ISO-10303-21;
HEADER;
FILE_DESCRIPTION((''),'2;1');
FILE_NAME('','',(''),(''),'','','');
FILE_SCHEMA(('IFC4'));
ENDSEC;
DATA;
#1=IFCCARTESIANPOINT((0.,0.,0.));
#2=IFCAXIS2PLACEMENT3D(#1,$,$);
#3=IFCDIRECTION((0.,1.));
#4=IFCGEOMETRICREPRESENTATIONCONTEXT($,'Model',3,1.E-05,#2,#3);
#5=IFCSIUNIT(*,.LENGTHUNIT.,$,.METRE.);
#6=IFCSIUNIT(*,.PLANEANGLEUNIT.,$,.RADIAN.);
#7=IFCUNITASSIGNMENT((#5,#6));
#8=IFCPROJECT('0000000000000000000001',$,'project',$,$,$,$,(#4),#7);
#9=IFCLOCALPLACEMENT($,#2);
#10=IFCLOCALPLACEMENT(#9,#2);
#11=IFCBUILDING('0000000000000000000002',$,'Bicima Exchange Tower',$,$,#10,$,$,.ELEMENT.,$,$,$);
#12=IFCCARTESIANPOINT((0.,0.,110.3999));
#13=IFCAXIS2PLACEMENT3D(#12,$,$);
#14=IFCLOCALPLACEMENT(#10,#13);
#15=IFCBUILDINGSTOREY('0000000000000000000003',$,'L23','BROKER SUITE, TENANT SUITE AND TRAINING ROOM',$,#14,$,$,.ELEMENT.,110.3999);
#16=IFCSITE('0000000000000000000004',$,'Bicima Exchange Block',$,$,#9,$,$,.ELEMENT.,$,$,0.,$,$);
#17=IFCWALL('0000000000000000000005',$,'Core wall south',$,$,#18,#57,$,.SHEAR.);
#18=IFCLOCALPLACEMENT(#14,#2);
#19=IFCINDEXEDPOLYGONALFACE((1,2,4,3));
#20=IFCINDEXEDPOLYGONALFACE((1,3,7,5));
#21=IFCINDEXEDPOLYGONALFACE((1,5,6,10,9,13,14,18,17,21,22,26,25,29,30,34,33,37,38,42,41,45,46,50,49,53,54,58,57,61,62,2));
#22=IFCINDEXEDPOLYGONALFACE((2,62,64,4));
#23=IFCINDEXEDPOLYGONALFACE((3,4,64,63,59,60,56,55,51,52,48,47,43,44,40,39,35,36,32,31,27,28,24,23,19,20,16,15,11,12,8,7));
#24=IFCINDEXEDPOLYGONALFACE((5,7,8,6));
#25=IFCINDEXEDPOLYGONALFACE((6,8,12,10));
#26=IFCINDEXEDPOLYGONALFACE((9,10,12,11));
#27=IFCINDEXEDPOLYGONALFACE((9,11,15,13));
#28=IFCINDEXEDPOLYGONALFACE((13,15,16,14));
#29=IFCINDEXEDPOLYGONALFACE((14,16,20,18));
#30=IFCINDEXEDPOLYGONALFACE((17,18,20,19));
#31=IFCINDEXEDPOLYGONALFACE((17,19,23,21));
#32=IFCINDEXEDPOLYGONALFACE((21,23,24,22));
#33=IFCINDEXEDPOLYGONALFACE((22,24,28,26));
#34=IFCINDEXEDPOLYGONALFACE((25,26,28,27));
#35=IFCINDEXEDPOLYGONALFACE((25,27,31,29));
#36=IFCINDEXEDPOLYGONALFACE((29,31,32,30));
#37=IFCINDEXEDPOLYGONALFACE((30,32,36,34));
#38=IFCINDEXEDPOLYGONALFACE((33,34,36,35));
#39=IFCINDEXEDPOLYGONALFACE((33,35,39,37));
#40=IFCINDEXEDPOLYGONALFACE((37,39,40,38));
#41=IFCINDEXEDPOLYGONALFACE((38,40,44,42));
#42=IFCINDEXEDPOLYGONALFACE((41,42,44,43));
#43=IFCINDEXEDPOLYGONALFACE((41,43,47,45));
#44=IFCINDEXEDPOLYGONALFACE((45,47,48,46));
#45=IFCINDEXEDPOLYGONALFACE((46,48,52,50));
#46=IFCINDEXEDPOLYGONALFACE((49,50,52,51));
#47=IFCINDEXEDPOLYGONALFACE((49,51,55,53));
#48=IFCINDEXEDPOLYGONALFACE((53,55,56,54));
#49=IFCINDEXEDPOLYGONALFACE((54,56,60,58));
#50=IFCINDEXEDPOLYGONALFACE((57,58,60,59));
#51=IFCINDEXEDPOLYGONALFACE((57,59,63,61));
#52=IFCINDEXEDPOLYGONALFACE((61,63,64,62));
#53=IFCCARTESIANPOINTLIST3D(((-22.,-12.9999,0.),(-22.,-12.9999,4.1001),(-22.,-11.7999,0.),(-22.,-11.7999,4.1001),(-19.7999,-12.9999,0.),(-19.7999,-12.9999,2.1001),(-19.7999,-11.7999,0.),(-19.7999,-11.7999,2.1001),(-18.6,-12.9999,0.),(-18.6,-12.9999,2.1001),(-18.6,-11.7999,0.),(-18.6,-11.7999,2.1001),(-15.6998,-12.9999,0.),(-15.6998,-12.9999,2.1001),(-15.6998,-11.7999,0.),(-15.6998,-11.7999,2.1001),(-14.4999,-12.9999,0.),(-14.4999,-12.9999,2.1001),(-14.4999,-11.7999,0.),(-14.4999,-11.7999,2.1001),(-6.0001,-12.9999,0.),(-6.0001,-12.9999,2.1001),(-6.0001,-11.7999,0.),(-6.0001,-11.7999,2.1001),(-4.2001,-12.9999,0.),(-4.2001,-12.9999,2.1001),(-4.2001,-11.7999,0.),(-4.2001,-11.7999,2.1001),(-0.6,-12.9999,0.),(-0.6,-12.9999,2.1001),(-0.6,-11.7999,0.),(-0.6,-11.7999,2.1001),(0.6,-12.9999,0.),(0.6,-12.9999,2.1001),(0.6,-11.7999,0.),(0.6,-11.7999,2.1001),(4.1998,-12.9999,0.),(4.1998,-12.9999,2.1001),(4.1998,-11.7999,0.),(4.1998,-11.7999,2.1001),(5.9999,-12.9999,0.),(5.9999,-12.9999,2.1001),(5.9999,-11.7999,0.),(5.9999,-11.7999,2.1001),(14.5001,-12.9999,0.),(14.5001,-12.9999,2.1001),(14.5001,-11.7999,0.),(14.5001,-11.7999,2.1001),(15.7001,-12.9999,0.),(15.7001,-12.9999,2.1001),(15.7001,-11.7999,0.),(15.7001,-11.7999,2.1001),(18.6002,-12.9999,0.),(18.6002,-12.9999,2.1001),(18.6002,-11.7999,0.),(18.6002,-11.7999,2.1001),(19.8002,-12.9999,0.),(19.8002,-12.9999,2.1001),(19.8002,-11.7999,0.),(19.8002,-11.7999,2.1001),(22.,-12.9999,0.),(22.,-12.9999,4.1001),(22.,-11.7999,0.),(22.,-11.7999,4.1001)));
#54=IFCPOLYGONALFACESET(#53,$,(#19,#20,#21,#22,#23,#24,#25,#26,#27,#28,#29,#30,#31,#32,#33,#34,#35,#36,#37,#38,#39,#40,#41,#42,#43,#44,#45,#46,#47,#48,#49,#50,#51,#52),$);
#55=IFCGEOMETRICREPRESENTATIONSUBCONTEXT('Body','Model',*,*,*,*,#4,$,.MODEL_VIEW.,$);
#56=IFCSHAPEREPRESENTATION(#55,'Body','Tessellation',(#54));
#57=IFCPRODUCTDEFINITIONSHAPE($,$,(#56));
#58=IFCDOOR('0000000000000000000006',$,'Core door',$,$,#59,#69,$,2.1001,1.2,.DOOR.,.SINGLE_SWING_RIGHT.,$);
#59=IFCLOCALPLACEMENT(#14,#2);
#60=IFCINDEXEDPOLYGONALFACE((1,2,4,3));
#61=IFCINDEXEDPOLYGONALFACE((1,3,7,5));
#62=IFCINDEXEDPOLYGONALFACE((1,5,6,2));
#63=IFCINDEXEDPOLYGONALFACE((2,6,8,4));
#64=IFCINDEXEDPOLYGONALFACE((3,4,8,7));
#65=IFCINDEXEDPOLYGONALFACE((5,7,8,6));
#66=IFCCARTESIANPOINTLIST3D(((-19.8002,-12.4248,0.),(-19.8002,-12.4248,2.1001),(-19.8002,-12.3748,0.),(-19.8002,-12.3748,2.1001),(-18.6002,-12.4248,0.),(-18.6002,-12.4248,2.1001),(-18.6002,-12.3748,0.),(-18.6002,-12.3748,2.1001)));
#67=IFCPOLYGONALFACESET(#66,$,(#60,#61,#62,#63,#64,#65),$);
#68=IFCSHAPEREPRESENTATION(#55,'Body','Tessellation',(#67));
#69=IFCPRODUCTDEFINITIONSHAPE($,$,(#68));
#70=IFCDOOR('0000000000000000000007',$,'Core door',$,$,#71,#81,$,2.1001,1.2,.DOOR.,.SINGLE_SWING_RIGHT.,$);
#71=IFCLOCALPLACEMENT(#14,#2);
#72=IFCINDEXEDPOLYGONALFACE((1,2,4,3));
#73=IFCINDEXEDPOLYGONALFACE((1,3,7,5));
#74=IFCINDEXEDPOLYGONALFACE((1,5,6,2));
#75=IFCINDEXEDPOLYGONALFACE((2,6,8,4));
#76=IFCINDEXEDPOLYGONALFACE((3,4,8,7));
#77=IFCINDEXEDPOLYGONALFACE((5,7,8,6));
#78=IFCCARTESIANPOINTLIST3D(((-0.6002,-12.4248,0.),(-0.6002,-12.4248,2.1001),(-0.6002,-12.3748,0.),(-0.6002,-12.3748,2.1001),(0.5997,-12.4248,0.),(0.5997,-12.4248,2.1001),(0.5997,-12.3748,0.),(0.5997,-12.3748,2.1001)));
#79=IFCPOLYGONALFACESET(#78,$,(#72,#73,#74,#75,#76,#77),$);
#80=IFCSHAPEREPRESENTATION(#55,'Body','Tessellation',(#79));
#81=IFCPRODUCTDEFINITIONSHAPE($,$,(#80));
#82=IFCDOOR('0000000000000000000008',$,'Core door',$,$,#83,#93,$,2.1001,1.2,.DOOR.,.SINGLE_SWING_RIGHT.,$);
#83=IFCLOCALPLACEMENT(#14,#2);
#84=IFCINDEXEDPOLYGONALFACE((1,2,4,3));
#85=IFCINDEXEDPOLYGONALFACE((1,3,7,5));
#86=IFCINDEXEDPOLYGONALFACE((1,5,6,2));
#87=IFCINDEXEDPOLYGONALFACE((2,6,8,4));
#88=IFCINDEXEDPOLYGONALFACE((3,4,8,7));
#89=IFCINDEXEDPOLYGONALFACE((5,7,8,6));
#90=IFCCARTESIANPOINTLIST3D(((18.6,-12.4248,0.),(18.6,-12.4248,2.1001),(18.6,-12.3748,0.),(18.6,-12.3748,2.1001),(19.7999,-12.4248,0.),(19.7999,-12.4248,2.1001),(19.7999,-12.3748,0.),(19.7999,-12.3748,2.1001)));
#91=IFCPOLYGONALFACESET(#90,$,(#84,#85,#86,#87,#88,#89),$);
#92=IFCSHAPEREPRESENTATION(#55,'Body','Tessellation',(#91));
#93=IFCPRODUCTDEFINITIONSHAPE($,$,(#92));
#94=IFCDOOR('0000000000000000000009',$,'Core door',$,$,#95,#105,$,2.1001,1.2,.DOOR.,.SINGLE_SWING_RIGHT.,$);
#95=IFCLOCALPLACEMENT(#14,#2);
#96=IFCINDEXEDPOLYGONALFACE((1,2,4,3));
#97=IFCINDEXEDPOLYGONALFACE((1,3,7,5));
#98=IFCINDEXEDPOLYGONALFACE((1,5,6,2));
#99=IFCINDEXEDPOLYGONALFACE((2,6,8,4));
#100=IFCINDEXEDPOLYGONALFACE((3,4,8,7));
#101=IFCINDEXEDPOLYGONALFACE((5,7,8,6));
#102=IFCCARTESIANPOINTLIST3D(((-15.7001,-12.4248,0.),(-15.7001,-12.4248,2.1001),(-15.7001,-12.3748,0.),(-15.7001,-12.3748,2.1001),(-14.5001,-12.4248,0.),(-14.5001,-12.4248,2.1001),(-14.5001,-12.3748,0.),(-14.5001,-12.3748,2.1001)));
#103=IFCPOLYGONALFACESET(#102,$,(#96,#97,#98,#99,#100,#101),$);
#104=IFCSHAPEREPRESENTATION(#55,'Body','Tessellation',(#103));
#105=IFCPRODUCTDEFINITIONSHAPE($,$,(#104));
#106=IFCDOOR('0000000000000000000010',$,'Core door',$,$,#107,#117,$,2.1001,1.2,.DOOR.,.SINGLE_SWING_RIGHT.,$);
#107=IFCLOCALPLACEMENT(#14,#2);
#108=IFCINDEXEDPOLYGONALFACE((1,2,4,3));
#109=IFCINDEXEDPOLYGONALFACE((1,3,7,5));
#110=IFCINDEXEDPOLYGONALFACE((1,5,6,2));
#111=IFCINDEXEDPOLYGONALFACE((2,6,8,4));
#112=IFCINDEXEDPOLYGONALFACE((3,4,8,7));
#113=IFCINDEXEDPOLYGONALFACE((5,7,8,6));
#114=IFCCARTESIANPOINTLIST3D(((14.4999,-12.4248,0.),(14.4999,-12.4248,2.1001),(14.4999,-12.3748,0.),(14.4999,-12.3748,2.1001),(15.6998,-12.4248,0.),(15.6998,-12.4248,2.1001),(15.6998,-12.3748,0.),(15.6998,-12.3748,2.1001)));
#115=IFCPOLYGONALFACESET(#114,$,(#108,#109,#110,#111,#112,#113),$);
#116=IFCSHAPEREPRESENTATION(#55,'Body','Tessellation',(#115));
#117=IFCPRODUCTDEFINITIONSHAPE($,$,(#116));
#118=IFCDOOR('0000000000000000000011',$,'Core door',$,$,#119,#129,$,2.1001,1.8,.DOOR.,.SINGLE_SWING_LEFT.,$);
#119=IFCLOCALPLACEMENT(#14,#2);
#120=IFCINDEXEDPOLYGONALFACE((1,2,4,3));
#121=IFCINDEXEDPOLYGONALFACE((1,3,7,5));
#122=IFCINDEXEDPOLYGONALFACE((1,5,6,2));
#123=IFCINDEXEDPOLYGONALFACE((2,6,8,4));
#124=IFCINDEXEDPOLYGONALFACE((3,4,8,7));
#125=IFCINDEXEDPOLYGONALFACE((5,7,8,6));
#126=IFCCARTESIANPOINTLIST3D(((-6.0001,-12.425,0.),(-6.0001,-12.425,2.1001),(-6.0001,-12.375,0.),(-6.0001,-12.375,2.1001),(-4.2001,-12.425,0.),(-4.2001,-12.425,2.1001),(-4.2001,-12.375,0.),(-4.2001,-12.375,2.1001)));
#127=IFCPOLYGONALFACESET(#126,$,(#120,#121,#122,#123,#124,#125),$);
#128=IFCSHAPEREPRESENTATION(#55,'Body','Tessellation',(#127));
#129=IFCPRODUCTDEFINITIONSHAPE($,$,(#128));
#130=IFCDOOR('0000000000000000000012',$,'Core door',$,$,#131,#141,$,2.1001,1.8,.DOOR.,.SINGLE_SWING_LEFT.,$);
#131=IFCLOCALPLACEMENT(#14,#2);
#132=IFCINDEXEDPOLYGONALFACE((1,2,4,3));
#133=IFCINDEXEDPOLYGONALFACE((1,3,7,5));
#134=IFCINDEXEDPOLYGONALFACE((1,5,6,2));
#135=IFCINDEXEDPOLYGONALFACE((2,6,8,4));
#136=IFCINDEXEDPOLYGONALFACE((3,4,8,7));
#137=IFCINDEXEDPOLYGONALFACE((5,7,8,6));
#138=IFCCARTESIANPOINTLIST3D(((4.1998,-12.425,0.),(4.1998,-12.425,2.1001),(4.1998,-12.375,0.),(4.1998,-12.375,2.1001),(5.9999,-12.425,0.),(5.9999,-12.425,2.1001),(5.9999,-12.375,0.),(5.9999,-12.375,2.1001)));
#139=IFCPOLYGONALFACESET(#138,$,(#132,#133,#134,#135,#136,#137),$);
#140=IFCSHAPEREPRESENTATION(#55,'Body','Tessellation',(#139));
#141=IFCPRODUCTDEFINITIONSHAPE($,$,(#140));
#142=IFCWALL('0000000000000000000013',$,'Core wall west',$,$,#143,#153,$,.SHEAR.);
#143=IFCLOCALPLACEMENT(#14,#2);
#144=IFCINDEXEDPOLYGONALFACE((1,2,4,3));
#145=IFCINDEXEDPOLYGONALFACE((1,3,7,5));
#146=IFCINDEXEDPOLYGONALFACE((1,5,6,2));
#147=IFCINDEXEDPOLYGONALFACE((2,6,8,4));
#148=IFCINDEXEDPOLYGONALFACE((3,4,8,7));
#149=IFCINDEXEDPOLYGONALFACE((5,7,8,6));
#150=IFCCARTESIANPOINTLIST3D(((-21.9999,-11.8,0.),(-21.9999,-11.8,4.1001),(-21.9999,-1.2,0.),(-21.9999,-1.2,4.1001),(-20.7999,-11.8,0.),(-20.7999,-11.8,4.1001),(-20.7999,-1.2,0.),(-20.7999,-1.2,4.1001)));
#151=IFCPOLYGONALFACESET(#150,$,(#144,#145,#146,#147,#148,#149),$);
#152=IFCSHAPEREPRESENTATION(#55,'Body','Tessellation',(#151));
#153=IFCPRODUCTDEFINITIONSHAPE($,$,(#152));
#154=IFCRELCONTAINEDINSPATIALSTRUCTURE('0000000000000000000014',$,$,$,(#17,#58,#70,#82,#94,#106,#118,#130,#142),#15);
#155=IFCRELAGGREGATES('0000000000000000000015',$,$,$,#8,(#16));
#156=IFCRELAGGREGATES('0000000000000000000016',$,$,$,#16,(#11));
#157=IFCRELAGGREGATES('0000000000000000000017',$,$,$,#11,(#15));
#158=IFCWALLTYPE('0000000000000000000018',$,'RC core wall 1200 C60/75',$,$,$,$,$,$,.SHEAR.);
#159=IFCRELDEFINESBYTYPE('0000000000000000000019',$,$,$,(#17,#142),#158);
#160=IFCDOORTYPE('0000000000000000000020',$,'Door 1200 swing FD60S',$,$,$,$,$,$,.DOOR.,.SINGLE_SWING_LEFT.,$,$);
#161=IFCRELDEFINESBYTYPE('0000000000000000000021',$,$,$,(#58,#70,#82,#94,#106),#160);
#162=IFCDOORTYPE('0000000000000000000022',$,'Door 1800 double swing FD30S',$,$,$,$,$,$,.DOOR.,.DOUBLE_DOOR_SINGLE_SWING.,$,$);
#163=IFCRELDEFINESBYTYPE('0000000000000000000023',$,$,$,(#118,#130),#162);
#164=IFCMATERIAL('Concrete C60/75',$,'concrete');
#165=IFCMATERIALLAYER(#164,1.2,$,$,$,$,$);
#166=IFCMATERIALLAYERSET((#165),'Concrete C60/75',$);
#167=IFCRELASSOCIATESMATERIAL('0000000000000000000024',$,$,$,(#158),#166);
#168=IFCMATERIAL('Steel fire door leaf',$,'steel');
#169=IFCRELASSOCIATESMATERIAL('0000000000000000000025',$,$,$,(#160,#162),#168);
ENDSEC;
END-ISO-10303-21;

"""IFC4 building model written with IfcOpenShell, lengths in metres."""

from ifc_helpers import new_model, si_unit, direction, frame, frame_2d, origin, place, context, subcontext, project, spatial, rectangle, extrude, material, layer, layer_set, type_object, element, fill, save


model = new_model("IFC4")

# Units and contexts
model_context = context("Model", 3, precision=1e-05, world=origin(), true_north=direction((0.0, 1.0)))
body_context = subcontext(model_context, "Body", "Model", "MODEL_VIEW")
ifc_project = project(units=[si_unit("LENGTHUNIT", "METRE"), si_unit("PLANEANGLEUNIT", "RADIAN")], contexts=[model_context])

# Site, building, storey
site_placement = place(None, origin())
site = spatial("IfcSite", under=ifc_project, at=site_placement, Name="Bicima Exchange Block", CompositionType="ELEMENT", RefElevation=0.0)
building_placement = place(site_placement, origin())
building = spatial("IfcBuilding", under=site, at=building_placement, Name="Bicima Exchange Tower", CompositionType="ELEMENT")
storey_placement = place(building_placement, frame((0.0, 0.0, 110.3999)))
storey = spatial("IfcBuildingStorey", under=building, at=storey_placement, Name="L23", Description="BROKER SUITE, TENANT SUITE AND TRAINING ROOM", CompositionType="ELEMENT", Elevation=110.3999)

# Wall, openings, doors
ifc_material_1 = material(Name="Concrete C60/75", Category="concrete")
ifc_layer_1 = layer(ifc_material_1, 1.2)
ifc_layer_set_1 = layer_set([ifc_layer_1], Name="Concrete C60/75")
wall_type_1 = type_object("IfcWallType", Name="RC core wall 1200 C60/75", PredefinedType="SHEAR", material=ifc_layer_set_1)
wall_1_placement = place(storey_placement, frame((-22.0, -12.3999, 0.0), z_axis=(0.0, 0.0, 1.0), x_axis=(1.0, 0.0, 0.0)))
wall_1 = element("IfcWall", 1, at=wall_1_placement, inside=storey, type_object=wall_type_1, Name="Core wall south", PredefinedType="SHEAR", context=body_context, shape_type="SweptSolid", body=[
    extrude(rectangle(XDim=44.0, YDim=1.2, at=frame_2d((22.0, 0.0))), origin(), (0.0, 0.0, 1.0), 4.1001),
])
opening_1_placement = place(wall_1_placement, frame((2.2, 0.0, 0.0)))
opening_1 = element("IfcOpeningElement", 2, at=opening_1_placement, cuts=wall_1, PredefinedType="OPENING", context=body_context, shape_type="SweptSolid", body=[
    extrude(rectangle(XDim=1.2, YDim=2.1001, at=frame_2d((0.6001, 1.05))), frame((0.0, 0.6118, 0.0), z_axis=(0.0, -1.0, 0.0), x_axis=(1.0, 0.0, 0.0)), (0.0, 0.0, 1.0), 1.2239),
])
opening_2_placement = place(wall_1_placement, frame((21.3999, 0.0, 0.0)))
opening_2 = element("IfcOpeningElement", 3, at=opening_2_placement, cuts=wall_1, PredefinedType="OPENING", context=body_context, shape_type="SweptSolid", body=[
    extrude(rectangle(XDim=1.2, YDim=2.1001, at=frame_2d((0.6001, 1.05))), frame((0.0, 0.6118, 0.0), z_axis=(0.0, -1.0, 0.0), x_axis=(1.0, 0.0, 0.0)), (0.0, 0.0, 1.0), 1.2239),
])
opening_3_placement = place(wall_1_placement, frame((40.6001, 0.0, 0.0)))
opening_3 = element("IfcOpeningElement", 4, at=opening_3_placement, cuts=wall_1, PredefinedType="OPENING", context=body_context, shape_type="SweptSolid", body=[
    extrude(rectangle(XDim=1.2, YDim=2.1001, at=frame_2d((0.6001, 1.05))), frame((0.0, 0.6118, 0.0), z_axis=(0.0, -1.0, 0.0), x_axis=(1.0, 0.0, 0.0)), (0.0, 0.0, 1.0), 1.2239),
])
opening_4_placement = place(wall_1_placement, frame((16.0, 0.0, 0.0)))
opening_4 = element("IfcOpeningElement", 5, at=opening_4_placement, cuts=wall_1, PredefinedType="OPENING", context=body_context, shape_type="SweptSolid", body=[
    extrude(rectangle(XDim=1.8, YDim=2.1001, at=frame_2d((0.8999, 1.05))), frame((0.0, 0.6118, 0.0), z_axis=(0.0, -1.0, 0.0), x_axis=(1.0, 0.0, 0.0)), (0.0, 0.0, 1.0), 1.2239),
])
opening_5_placement = place(wall_1_placement, frame((6.3, 0.0, 0.0)))
opening_5 = element("IfcOpeningElement", 6, at=opening_5_placement, cuts=wall_1, PredefinedType="OPENING", context=body_context, shape_type="SweptSolid", body=[
    extrude(rectangle(XDim=1.2, YDim=2.1001, at=frame_2d((0.6001, 1.05))), frame((0.0, 0.6118, 0.0), z_axis=(0.0, -1.0, 0.0), x_axis=(1.0, 0.0, 0.0)), (0.0, 0.0, 1.0), 1.2239),
])
opening_6_placement = place(wall_1_placement, frame((26.2, 0.0, 0.0)))
opening_6 = element("IfcOpeningElement", 7, at=opening_6_placement, cuts=wall_1, PredefinedType="OPENING", context=body_context, shape_type="SweptSolid", body=[
    extrude(rectangle(XDim=1.8, YDim=2.1001, at=frame_2d((0.8999, 1.05))), frame((0.0, 0.6118, 0.0), z_axis=(0.0, -1.0, 0.0), x_axis=(1.0, 0.0, 0.0)), (0.0, 0.0, 1.0), 1.2239),
])
opening_7_placement = place(wall_1_placement, frame((36.5, 0.0, 0.0)))
opening_7 = element("IfcOpeningElement", 8, at=opening_7_placement, cuts=wall_1, PredefinedType="OPENING", context=body_context, shape_type="SweptSolid", body=[
    extrude(rectangle(XDim=1.2, YDim=2.1001, at=frame_2d((0.6001, 1.05))), frame((0.0, 0.6118, 0.0), z_axis=(0.0, -1.0, 0.0), x_axis=(1.0, 0.0, 0.0)), (0.0, 0.0, 1.0), 1.2239),
])
ifc_material_2 = material(Name="Steel fire door leaf", Category="steel")
door_type_1 = type_object("IfcDoorType", Name="Door 1200 swing FD60S", OperationType="SINGLE_SWING_LEFT", PredefinedType="DOOR", material=ifc_material_2)
door_1_placement = place(opening_1_placement, frame((1.2, 0.0, 0.0), z_axis=(0.0, 0.0, 1.0), x_axis=(-1.0, 0.0, 0.0)))
door_1 = element("IfcDoor", 9, at=door_1_placement, inside=storey, type_object=door_type_1, Name="Core door", OperationType="SINGLE_SWING_RIGHT", OverallHeight=2.1001, OverallWidth=1.2, PredefinedType="DOOR", context=body_context, shape_type="SweptSolid", body=[
    extrude(rectangle(XDim=1.2, YDim=2.1001, at=frame_2d((0.6001, 1.05))), frame((0.0, 0.0249, 0.0), z_axis=(0.0, -1.0, 0.0), x_axis=(1.0, 0.0, 0.0)), (0.0, 0.0, 1.0), 0.05),
])
fill(opening_1, door_1)
door_2_placement = place(opening_2_placement, frame((1.2, 0.0, 0.0), z_axis=(0.0, 0.0, 1.0), x_axis=(-1.0, 0.0, 0.0)))
door_2 = element("IfcDoor", 10, at=door_2_placement, inside=storey, type_object=door_type_1, Name="Core door", OperationType="SINGLE_SWING_RIGHT", OverallHeight=2.1001, OverallWidth=1.2, PredefinedType="DOOR", context=body_context, shape_type="SweptSolid", body=[
    extrude(rectangle(XDim=1.2, YDim=2.1001, at=frame_2d((0.6001, 1.05))), frame((0.0, 0.0249, 0.0), z_axis=(0.0, -1.0, 0.0), x_axis=(1.0, 0.0, 0.0)), (0.0, 0.0, 1.0), 0.05),
])
fill(opening_2, door_2)
door_3_placement = place(opening_3_placement, frame((1.2, 0.0, 0.0), z_axis=(0.0, 0.0, 1.0), x_axis=(-1.0, 0.0, 0.0)))
door_3 = element("IfcDoor", 11, at=door_3_placement, inside=storey, type_object=door_type_1, Name="Core door", OperationType="SINGLE_SWING_RIGHT", OverallHeight=2.1001, OverallWidth=1.2, PredefinedType="DOOR", context=body_context, shape_type="SweptSolid", body=[
    extrude(rectangle(XDim=1.2, YDim=2.1001, at=frame_2d((0.6001, 1.05))), frame((0.0, 0.0249, 0.0), z_axis=(0.0, -1.0, 0.0), x_axis=(1.0, 0.0, 0.0)), (0.0, 0.0, 1.0), 0.05),
])
fill(opening_3, door_3)
door_4_placement = place(opening_5_placement, frame((1.2, 0.0, 0.0), z_axis=(0.0, 0.0, 1.0), x_axis=(-1.0, 0.0, 0.0)))
door_4 = element("IfcDoor", 12, at=door_4_placement, inside=storey, type_object=door_type_1, Name="Core door", OperationType="SINGLE_SWING_RIGHT", OverallHeight=2.1001, OverallWidth=1.2, PredefinedType="DOOR", context=body_context, shape_type="SweptSolid", body=[
    extrude(rectangle(XDim=1.2, YDim=2.1001, at=frame_2d((0.6001, 1.05))), frame((0.0, 0.0249, 0.0), z_axis=(0.0, -1.0, 0.0), x_axis=(1.0, 0.0, 0.0)), (0.0, 0.0, 1.0), 0.05),
])
fill(opening_5, door_4)
door_5_placement = place(opening_7_placement, frame((1.2, 0.0, 0.0), z_axis=(0.0, 0.0, 1.0), x_axis=(-1.0, 0.0, 0.0)))
door_5 = element("IfcDoor", 13, at=door_5_placement, inside=storey, type_object=door_type_1, Name="Core door", OperationType="SINGLE_SWING_RIGHT", OverallHeight=2.1001, OverallWidth=1.2, PredefinedType="DOOR", context=body_context, shape_type="SweptSolid", body=[
    extrude(rectangle(XDim=1.2, YDim=2.1001, at=frame_2d((0.6001, 1.05))), frame((0.0, 0.0249, 0.0), z_axis=(0.0, -1.0, 0.0), x_axis=(1.0, 0.0, 0.0)), (0.0, 0.0, 1.0), 0.05),
])
fill(opening_7, door_5)
door_type_2 = type_object("IfcDoorType", Name="Door 1800 double swing FD30S", OperationType="DOUBLE_DOOR_SINGLE_SWING", PredefinedType="DOOR", material=ifc_material_2)
door_6_placement = place(opening_4_placement, origin())
door_6 = element("IfcDoor", 14, at=door_6_placement, inside=storey, type_object=door_type_2, Name="Core door", OperationType="SINGLE_SWING_LEFT", OverallHeight=2.1001, OverallWidth=1.8, PredefinedType="DOOR", context=body_context, shape_type="SweptSolid", body=[
    extrude(rectangle(XDim=1.8, YDim=2.1001, at=frame_2d((0.8999, 1.05))), frame((0.0, 0.0249, 0.0), z_axis=(0.0, -1.0, 0.0), x_axis=(1.0, 0.0, 0.0)), (0.0, 0.0, 1.0), 0.05),
])
fill(opening_4, door_6)
door_7_placement = place(opening_6_placement, origin())
door_7 = element("IfcDoor", 15, at=door_7_placement, inside=storey, type_object=door_type_2, Name="Core door", OperationType="SINGLE_SWING_LEFT", OverallHeight=2.1001, OverallWidth=1.8, PredefinedType="DOOR", context=body_context, shape_type="SweptSolid", body=[
    extrude(rectangle(XDim=1.8, YDim=2.1001, at=frame_2d((0.8999, 1.05))), frame((0.0, 0.0249, 0.0), z_axis=(0.0, -1.0, 0.0), x_axis=(1.0, 0.0, 0.0)), (0.0, 0.0, 1.0), 0.05),
])
fill(opening_6, door_7)

# Wall
wall_2_placement = place(storey_placement, frame((-21.3999, -11.8, 0.0), z_axis=(0.0, 0.0, 1.0), x_axis=(0.0, 1.0, 0.0)))
element("IfcWall", 16, at=wall_2_placement, inside=storey, type_object=wall_type_1, Name="Core wall west", PredefinedType="SHEAR", context=body_context, shape_type="SweptSolid", body=[
    extrude(rectangle(XDim=10.6001, YDim=1.2, at=frame_2d((5.3, 0.0))), origin(), (0.0, 0.0, 1.0), 4.1001),
])

save(model, "model.ifc")
